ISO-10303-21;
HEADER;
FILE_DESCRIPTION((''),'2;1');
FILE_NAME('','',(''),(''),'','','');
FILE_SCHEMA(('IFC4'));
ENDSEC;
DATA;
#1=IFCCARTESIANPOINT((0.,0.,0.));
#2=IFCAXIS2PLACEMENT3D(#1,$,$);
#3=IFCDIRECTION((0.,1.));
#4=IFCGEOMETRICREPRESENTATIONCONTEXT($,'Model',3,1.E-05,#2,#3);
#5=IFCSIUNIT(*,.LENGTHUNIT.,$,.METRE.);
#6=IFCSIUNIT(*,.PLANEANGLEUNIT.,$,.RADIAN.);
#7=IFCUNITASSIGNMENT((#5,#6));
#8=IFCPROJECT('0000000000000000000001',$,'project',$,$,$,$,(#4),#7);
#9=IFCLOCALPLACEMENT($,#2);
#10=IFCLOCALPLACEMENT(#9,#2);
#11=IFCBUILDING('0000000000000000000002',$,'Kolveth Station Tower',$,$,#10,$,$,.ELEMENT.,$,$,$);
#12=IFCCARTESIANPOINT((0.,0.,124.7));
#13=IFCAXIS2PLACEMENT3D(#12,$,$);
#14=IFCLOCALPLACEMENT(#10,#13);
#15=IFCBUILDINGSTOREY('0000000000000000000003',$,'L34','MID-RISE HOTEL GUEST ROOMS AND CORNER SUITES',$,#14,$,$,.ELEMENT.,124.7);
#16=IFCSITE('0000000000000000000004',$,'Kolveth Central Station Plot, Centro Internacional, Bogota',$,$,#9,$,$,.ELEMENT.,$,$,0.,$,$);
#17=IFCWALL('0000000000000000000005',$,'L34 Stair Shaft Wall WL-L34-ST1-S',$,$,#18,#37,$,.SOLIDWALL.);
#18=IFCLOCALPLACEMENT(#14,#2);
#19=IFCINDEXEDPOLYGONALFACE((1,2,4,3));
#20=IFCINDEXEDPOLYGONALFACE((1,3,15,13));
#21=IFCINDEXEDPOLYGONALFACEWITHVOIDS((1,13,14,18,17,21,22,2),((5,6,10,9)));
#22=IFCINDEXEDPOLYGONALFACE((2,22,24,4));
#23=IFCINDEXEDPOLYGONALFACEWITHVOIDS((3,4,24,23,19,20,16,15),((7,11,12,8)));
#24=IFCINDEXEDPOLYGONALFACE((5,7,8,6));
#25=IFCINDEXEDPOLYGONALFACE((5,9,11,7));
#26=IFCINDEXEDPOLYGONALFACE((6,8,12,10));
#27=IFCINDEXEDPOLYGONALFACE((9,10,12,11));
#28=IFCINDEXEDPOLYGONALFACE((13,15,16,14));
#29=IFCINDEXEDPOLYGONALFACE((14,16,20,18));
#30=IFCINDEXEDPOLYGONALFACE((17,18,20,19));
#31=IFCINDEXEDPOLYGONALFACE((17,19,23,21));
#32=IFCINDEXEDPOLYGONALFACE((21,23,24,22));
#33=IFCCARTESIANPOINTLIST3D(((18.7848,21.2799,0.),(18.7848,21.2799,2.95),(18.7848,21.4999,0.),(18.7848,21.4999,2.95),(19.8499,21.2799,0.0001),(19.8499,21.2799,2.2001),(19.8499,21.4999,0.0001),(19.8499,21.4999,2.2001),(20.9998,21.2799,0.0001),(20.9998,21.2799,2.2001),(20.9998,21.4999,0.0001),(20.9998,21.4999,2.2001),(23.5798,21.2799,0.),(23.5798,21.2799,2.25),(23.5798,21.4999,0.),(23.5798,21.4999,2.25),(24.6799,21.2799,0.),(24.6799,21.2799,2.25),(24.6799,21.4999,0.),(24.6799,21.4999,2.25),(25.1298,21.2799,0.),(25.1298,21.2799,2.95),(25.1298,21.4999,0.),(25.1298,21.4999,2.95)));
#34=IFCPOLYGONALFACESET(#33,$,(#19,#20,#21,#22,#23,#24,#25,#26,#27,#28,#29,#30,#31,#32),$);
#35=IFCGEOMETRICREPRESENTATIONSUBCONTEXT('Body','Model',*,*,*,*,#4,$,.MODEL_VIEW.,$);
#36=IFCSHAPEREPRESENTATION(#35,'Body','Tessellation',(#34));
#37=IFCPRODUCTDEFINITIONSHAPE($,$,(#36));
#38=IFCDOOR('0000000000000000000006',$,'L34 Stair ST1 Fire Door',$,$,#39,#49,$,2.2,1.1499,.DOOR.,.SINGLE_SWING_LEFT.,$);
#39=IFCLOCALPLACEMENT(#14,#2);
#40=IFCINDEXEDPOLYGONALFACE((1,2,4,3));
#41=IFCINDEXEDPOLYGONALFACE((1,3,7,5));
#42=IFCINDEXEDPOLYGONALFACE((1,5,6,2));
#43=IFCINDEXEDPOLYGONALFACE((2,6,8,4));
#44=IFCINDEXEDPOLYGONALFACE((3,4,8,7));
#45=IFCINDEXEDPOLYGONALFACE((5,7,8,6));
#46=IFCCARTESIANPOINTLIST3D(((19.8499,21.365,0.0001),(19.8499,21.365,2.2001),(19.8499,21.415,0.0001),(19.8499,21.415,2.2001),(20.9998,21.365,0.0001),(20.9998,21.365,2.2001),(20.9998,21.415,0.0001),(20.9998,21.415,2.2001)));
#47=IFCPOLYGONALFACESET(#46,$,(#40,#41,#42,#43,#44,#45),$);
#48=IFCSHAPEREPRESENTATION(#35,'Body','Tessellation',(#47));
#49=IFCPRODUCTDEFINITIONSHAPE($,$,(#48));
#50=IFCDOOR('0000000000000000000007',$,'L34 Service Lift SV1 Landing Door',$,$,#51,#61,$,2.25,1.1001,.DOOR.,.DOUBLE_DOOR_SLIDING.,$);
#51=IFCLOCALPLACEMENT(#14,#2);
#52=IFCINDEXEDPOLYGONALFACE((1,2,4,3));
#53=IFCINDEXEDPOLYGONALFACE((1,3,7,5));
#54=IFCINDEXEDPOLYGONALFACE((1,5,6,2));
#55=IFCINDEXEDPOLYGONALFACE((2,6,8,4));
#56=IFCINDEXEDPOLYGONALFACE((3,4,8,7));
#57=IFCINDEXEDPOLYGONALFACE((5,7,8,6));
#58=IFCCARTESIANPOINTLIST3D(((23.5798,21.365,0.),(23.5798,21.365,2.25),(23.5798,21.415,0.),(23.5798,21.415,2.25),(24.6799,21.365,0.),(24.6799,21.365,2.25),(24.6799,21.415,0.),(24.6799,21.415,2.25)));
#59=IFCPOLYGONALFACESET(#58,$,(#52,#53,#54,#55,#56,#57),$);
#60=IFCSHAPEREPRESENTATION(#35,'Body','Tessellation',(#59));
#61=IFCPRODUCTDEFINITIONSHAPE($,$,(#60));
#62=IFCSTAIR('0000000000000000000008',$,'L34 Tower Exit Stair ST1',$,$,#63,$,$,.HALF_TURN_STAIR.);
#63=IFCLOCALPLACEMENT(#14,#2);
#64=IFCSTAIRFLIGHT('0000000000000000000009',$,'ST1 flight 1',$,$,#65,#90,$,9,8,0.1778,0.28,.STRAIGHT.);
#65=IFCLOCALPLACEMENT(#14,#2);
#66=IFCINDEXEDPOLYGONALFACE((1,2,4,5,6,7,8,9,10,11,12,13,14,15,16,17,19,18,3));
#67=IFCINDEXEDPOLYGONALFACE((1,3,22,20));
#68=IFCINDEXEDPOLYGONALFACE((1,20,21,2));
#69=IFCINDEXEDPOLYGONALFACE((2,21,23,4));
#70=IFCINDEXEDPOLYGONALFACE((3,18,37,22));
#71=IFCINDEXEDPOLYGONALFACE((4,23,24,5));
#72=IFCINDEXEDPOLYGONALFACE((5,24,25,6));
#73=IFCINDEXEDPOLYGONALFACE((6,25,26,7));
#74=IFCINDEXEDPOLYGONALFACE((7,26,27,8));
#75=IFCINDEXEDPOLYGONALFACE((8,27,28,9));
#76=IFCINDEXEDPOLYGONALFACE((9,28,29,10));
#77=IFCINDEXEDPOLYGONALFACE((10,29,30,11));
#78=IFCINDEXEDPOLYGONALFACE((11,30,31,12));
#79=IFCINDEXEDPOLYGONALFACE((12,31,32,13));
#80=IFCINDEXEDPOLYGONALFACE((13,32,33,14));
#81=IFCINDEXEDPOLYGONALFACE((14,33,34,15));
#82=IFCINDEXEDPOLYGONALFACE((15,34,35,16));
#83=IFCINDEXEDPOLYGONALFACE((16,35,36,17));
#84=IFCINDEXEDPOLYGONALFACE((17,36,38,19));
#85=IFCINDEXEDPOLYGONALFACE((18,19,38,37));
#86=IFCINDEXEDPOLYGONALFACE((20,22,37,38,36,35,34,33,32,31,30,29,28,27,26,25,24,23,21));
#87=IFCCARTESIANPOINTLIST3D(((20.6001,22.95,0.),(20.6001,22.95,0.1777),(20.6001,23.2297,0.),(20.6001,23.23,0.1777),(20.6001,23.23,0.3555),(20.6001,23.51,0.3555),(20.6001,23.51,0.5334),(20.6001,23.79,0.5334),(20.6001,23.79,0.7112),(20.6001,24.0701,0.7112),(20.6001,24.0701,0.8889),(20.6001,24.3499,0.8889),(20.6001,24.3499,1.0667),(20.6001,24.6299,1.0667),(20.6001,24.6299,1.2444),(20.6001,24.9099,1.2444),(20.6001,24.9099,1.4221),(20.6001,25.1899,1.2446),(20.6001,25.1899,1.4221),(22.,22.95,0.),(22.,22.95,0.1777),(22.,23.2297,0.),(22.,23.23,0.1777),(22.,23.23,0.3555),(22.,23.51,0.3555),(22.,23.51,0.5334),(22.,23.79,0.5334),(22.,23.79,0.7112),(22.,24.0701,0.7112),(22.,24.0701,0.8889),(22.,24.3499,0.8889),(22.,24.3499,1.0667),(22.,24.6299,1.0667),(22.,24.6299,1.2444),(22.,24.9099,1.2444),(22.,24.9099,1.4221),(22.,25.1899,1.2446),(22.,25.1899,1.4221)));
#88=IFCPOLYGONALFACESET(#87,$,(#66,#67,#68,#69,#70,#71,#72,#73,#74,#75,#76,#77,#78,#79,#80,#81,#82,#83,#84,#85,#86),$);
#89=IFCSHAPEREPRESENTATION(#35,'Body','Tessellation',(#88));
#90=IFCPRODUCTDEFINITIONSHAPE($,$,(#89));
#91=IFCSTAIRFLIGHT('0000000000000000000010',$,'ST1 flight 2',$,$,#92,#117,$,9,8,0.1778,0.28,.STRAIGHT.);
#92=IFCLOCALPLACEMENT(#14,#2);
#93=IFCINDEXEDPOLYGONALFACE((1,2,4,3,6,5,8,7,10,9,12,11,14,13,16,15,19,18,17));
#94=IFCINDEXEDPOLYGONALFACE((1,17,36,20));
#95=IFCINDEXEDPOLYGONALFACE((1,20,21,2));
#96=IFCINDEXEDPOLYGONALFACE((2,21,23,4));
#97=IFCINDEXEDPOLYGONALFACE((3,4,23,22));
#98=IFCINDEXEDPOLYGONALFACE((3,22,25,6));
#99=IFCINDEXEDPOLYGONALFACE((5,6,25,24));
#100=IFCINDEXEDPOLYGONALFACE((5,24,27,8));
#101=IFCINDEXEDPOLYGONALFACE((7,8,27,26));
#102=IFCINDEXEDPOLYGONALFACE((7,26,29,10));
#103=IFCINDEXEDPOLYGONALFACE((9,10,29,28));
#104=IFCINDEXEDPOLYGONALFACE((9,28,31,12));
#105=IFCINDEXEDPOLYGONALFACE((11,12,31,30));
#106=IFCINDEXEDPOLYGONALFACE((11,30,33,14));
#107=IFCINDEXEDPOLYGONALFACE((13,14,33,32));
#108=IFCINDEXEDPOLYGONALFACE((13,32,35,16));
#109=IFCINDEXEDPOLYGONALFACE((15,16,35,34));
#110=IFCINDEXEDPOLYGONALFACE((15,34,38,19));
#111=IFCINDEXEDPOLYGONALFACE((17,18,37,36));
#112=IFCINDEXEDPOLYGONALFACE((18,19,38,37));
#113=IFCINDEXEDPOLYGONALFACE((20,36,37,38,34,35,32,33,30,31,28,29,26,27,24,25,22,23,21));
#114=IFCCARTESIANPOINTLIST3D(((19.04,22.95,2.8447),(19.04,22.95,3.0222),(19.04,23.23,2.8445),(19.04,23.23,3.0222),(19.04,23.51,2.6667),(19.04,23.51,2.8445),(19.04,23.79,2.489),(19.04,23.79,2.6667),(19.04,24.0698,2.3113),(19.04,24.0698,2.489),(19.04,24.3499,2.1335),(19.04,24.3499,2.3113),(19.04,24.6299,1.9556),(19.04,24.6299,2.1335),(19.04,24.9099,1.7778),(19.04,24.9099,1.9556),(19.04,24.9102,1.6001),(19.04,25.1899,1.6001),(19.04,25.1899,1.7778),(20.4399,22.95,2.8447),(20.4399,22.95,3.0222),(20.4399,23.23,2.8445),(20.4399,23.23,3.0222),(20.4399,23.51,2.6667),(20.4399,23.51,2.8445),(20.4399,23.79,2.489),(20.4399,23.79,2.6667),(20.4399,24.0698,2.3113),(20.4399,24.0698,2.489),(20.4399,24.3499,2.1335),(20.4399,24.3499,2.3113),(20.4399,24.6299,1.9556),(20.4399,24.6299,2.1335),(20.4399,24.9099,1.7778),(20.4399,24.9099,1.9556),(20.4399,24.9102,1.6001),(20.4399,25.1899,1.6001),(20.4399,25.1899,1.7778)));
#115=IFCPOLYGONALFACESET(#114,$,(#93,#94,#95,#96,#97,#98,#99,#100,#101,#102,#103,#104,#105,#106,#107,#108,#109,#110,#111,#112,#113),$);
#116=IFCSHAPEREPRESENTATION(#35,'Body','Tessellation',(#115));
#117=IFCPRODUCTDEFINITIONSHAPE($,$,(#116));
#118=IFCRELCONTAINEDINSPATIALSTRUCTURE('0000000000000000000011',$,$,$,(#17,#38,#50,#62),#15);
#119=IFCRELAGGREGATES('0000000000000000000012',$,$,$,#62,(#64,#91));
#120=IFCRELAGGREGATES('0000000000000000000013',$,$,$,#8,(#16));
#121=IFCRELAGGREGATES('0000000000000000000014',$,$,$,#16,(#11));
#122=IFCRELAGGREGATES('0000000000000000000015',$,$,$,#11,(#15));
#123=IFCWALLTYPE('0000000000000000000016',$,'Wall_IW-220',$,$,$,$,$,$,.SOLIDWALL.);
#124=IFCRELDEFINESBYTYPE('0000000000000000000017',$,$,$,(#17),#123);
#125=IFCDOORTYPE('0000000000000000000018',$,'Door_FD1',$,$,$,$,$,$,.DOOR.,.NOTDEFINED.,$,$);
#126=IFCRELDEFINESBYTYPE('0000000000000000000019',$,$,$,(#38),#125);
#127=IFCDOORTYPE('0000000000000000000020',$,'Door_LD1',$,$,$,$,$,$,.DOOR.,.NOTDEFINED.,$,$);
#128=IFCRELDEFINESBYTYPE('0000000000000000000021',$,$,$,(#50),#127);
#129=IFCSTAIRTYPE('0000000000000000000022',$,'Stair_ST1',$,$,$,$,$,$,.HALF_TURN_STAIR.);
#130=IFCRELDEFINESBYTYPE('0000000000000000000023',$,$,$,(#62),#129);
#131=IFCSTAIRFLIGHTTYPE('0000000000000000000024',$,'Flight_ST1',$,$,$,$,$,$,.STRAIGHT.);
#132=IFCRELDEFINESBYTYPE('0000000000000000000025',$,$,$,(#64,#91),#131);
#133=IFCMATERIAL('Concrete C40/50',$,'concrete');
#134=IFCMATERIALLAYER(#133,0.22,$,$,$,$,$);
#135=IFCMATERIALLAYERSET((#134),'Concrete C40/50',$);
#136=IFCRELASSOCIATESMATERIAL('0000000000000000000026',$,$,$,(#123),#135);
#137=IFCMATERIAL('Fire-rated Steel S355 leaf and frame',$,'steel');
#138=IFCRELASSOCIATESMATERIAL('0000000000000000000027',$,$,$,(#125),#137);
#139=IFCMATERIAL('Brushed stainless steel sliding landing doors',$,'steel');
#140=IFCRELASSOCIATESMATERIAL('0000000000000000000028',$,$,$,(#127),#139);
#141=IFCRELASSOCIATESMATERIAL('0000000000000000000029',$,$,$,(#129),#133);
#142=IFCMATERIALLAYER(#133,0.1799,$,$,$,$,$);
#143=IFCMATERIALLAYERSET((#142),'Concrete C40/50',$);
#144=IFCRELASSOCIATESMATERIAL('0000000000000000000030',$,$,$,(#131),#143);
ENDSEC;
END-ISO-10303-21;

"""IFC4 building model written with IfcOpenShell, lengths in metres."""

from ifc_helpers import new_model, si_unit, direction, frame, frame_2d, origin, place, context, subcontext, project, spatial, polyline, rectangle, outline, extrude, material, layer, layer_set, type_object, element, fill, aggregate, save


model = new_model("IFC4")

# Units and contexts
model_context = context("Model", 3, precision=1e-05, world=origin(), true_north=direction((0.0, 1.0)))
body_context = subcontext(model_context, "Body", "Model", "MODEL_VIEW")
ifc_project = project(units=[si_unit("LENGTHUNIT", "METRE"), si_unit("PLANEANGLEUNIT", "RADIAN")], contexts=[model_context])

# Site, building, storey
site_placement = place(None, origin())
site = spatial("IfcSite", under=ifc_project, at=site_placement, Name="Kolveth Central Station Plot, Centro Internacional, Bogota", CompositionType="ELEMENT", RefElevation=0.0)
building_placement = place(site_placement, origin())
building = spatial("IfcBuilding", under=site, at=building_placement, Name="Kolveth Station Tower", CompositionType="ELEMENT")
storey_placement = place(building_placement, frame((0.0, 0.0, 124.7)))
storey = spatial("IfcBuildingStorey", under=building, at=storey_placement, Name="L34", Description="MID-RISE HOTEL GUEST ROOMS AND CORNER SUITES", CompositionType="ELEMENT", Elevation=124.7)

# Shared definitions
ifc_material_1 = material(Name="Concrete C40/50", Category="concrete")
ifc_layer_1 = layer(ifc_material_1, 0.22)
ifc_layer_set_1 = layer_set([ifc_layer_1], Name="Concrete C40/50")
wall_type_1 = type_object("IfcWallType", Name="Wall_IW-220", PredefinedType="SOLIDWALL", material=ifc_layer_set_1)

# Wall, openings, doors
wall_1_placement = place(storey_placement, frame((18.7849, 21.3899, 0.0), z_axis=(0.0, 0.0, 1.0), x_axis=(1.0, 0.0, 0.0)))
wall_1 = element("IfcWall", 1, at=wall_1_placement, inside=storey, type_object=wall_type_1, Name="L34 Stair Shaft Wall WL-L34-ST1-S", PredefinedType="SOLIDWALL", context=body_context, shape_type="SweptSolid", body=[
    extrude(rectangle(XDim=6.345, YDim=0.22, at=frame_2d((3.1724, 0.0))), origin(), (0.0, 0.0, 1.0), 2.95),
])
opening_1_placement = place(wall_1_placement, frame((1.0649, 0.0, 0.0)))
opening_1 = element("IfcOpeningElement", 2, at=opening_1_placement, cuts=wall_1, PredefinedType="OPENING", context=body_context, shape_type="SweptSolid", body=[
    extrude(rectangle(XDim=1.1499, YDim=2.2, at=frame_2d((0.575, 1.1001))), frame((0.0, 0.1199, 0.0), z_axis=(0.0, -1.0, 0.0), x_axis=(1.0, 0.0, 0.0)), (0.0, 0.0, 1.0), 0.24),
])
opening_2_placement = place(wall_1_placement, frame((4.7949, 0.0, 0.0)))
opening_2 = element("IfcOpeningElement", 3, at=opening_2_placement, cuts=wall_1, PredefinedType="OPENING", context=body_context, shape_type="SweptSolid", body=[
    extrude(rectangle(XDim=1.1001, YDim=2.25, at=frame_2d((0.55, 1.125))), frame((0.0, 0.1199, 0.0), z_axis=(0.0, -1.0, 0.0), x_axis=(1.0, 0.0, 0.0)), (0.0, 0.0, 1.0), 0.24),
])
ifc_material_2 = material(Name="Fire-rated Steel S355 leaf and frame", Category="steel")
door_type_1 = type_object("IfcDoorType", Name="Door_FD1", OperationType="NOTDEFINED", PredefinedType="DOOR", material=ifc_material_2)
door_1_placement = place(opening_1_placement, frame((1.1499, 0.0, 0.0), z_axis=(0.0, 0.0, 1.0), x_axis=(-1.0, 0.0, 0.0)))
door_1 = element("IfcDoor", 4, at=door_1_placement, inside=storey, type_object=door_type_1, Name="L34 Stair ST1 Fire Door", OperationType="SINGLE_SWING_LEFT", OverallHeight=2.2, OverallWidth=1.1499, PredefinedType="DOOR", context=body_context, shape_type="SweptSolid", body=[
    extrude(rectangle(XDim=1.1499, YDim=2.2, at=frame_2d((0.575, 1.1001))), frame((0.0, 0.0249, 0.0), z_axis=(0.0, -1.0, 0.0), x_axis=(1.0, 0.0, 0.0)), (0.0, 0.0, 1.0), 0.05),
])
fill(opening_1, door_1)
ifc_material_3 = material(Name="Brushed stainless steel sliding landing doors", Category="steel")
door_type_2 = type_object("IfcDoorType", Name="Door_LD1", OperationType="NOTDEFINED", PredefinedType="DOOR", material=ifc_material_3)
door_2_placement = place(opening_2_placement, frame((1.1001, 0.0, 0.0), z_axis=(0.0, 0.0, 1.0), x_axis=(-1.0, 0.0, 0.0)))
door_2 = element("IfcDoor", 5, at=door_2_placement, inside=storey, type_object=door_type_2, Name="L34 Service Lift SV1 Landing Door", OperationType="DOUBLE_DOOR_SLIDING", OverallHeight=2.25, OverallWidth=1.1001, PredefinedType="DOOR", context=body_context, shape_type="SweptSolid", body=[
    extrude(rectangle(XDim=1.1001, YDim=2.25, at=frame_2d((0.55, 1.125))), frame((0.0, 0.0249, 0.0), z_axis=(0.0, -1.0, 0.0), x_axis=(1.0, 0.0, 0.0)), (0.0, 0.0, 1.0), 0.05),
])
fill(opening_2, door_2)

# Stair, stair flights
stair_type = type_object("IfcStairType", Name="Stair_ST1", PredefinedType="HALF_TURN_STAIR", material=ifc_material_1)
stair_placement = place(storey_placement, origin())
stair = element("IfcStair", 6, at=stair_placement, inside=storey, type_object=stair_type, Name="L34 Tower Exit Stair ST1", PredefinedType="HALF_TURN_STAIR")
ifc_layer_2 = layer(ifc_material_1, 0.1799)
ifc_layer_set_2 = layer_set([ifc_layer_2], Name="Concrete C40/50")
stair_flight_type = type_object("IfcStairFlightType", Name="Flight_ST1", PredefinedType="STRAIGHT", material=ifc_layer_set_2)
stair_flight_1_placement = place(storey_placement, frame((21.3, 22.95, 0.0), z_axis=(0.0, 0.0, 1.0), x_axis=(0.0, 1.0, 0.0)))
stair_flight_1 = element("IfcStairFlight", 7, at=stair_flight_1_placement, type_object=stair_flight_type, Name="ST1 flight 1", NumberOfRisers=9, NumberOfTreads=8, PredefinedType="STRAIGHT", RiserHeight=0.1778, TreadLength=0.28, context=body_context, shape_type="SweptSolid", body=[
    extrude(outline(polyline([(0.0, 0.0), (0.0, 0.1777), (0.28, 0.1777), (0.28, 0.3555), (0.5601, 0.3555), (0.5601, 0.5334), (0.8401, 0.5334), (0.8401, 0.7112), (1.1201, 0.7112), (1.1201, 0.8889), (1.3999, 0.8889), (1.3999, 1.0667), (1.6799, 1.0667), (1.6799, 1.2444), (1.96, 1.2444), (1.96, 1.4221), (2.24, 1.4221), (2.24, 1.6001), (2.24, 1.2446), (0.2798, 0.0), (0.0, 0.0)])), frame((0.0, 0.7, 0.0), z_axis=(0.0, -1.0, 0.0), x_axis=(1.0, 0.0, 0.0)), (0.0, 0.0, 1.0), 1.3999),
])
stair_flight_2_placement = place(storey_placement, frame((19.74, 25.1899, 1.6001), z_axis=(0.0, 0.0, 1.0), x_axis=(0.0, -1.0, 0.0)))
stair_flight_2 = element("IfcStairFlight", 8, at=stair_flight_2_placement, type_object=stair_flight_type, Name="ST1 flight 2", NumberOfRisers=9, NumberOfTreads=8, PredefinedType="STRAIGHT", RiserHeight=0.1778, TreadLength=0.28, context=body_context, shape_type="SweptSolid", body=[
    extrude(outline(polyline([(0.0, 0.0), (0.0, 0.1777), (0.28, 0.1777), (0.28, 0.3555), (0.5601, 0.3555), (0.5601, 0.5334), (0.8401, 0.5334), (0.8401, 0.7112), (1.1201, 0.7112), (1.1201, 0.8889), (1.3999, 0.8889), (1.3999, 1.0667), (1.6799, 1.0667), (1.6799, 1.2444), (1.96, 1.2444), (1.96, 1.4221), (2.24, 1.4221), (2.24, 1.6001), (2.24, 1.2446), (0.2798, 0.0), (0.0, 0.0)])), frame((0.0, 0.7, 0.0), z_axis=(0.0, -1.0, 0.0), x_axis=(1.0, 0.0, 0.0)), (0.0, 0.0, 1.0), 1.3999),
])
aggregate(stair, [stair_flight_1, stair_flight_2])

save(model, "model.ifc")
